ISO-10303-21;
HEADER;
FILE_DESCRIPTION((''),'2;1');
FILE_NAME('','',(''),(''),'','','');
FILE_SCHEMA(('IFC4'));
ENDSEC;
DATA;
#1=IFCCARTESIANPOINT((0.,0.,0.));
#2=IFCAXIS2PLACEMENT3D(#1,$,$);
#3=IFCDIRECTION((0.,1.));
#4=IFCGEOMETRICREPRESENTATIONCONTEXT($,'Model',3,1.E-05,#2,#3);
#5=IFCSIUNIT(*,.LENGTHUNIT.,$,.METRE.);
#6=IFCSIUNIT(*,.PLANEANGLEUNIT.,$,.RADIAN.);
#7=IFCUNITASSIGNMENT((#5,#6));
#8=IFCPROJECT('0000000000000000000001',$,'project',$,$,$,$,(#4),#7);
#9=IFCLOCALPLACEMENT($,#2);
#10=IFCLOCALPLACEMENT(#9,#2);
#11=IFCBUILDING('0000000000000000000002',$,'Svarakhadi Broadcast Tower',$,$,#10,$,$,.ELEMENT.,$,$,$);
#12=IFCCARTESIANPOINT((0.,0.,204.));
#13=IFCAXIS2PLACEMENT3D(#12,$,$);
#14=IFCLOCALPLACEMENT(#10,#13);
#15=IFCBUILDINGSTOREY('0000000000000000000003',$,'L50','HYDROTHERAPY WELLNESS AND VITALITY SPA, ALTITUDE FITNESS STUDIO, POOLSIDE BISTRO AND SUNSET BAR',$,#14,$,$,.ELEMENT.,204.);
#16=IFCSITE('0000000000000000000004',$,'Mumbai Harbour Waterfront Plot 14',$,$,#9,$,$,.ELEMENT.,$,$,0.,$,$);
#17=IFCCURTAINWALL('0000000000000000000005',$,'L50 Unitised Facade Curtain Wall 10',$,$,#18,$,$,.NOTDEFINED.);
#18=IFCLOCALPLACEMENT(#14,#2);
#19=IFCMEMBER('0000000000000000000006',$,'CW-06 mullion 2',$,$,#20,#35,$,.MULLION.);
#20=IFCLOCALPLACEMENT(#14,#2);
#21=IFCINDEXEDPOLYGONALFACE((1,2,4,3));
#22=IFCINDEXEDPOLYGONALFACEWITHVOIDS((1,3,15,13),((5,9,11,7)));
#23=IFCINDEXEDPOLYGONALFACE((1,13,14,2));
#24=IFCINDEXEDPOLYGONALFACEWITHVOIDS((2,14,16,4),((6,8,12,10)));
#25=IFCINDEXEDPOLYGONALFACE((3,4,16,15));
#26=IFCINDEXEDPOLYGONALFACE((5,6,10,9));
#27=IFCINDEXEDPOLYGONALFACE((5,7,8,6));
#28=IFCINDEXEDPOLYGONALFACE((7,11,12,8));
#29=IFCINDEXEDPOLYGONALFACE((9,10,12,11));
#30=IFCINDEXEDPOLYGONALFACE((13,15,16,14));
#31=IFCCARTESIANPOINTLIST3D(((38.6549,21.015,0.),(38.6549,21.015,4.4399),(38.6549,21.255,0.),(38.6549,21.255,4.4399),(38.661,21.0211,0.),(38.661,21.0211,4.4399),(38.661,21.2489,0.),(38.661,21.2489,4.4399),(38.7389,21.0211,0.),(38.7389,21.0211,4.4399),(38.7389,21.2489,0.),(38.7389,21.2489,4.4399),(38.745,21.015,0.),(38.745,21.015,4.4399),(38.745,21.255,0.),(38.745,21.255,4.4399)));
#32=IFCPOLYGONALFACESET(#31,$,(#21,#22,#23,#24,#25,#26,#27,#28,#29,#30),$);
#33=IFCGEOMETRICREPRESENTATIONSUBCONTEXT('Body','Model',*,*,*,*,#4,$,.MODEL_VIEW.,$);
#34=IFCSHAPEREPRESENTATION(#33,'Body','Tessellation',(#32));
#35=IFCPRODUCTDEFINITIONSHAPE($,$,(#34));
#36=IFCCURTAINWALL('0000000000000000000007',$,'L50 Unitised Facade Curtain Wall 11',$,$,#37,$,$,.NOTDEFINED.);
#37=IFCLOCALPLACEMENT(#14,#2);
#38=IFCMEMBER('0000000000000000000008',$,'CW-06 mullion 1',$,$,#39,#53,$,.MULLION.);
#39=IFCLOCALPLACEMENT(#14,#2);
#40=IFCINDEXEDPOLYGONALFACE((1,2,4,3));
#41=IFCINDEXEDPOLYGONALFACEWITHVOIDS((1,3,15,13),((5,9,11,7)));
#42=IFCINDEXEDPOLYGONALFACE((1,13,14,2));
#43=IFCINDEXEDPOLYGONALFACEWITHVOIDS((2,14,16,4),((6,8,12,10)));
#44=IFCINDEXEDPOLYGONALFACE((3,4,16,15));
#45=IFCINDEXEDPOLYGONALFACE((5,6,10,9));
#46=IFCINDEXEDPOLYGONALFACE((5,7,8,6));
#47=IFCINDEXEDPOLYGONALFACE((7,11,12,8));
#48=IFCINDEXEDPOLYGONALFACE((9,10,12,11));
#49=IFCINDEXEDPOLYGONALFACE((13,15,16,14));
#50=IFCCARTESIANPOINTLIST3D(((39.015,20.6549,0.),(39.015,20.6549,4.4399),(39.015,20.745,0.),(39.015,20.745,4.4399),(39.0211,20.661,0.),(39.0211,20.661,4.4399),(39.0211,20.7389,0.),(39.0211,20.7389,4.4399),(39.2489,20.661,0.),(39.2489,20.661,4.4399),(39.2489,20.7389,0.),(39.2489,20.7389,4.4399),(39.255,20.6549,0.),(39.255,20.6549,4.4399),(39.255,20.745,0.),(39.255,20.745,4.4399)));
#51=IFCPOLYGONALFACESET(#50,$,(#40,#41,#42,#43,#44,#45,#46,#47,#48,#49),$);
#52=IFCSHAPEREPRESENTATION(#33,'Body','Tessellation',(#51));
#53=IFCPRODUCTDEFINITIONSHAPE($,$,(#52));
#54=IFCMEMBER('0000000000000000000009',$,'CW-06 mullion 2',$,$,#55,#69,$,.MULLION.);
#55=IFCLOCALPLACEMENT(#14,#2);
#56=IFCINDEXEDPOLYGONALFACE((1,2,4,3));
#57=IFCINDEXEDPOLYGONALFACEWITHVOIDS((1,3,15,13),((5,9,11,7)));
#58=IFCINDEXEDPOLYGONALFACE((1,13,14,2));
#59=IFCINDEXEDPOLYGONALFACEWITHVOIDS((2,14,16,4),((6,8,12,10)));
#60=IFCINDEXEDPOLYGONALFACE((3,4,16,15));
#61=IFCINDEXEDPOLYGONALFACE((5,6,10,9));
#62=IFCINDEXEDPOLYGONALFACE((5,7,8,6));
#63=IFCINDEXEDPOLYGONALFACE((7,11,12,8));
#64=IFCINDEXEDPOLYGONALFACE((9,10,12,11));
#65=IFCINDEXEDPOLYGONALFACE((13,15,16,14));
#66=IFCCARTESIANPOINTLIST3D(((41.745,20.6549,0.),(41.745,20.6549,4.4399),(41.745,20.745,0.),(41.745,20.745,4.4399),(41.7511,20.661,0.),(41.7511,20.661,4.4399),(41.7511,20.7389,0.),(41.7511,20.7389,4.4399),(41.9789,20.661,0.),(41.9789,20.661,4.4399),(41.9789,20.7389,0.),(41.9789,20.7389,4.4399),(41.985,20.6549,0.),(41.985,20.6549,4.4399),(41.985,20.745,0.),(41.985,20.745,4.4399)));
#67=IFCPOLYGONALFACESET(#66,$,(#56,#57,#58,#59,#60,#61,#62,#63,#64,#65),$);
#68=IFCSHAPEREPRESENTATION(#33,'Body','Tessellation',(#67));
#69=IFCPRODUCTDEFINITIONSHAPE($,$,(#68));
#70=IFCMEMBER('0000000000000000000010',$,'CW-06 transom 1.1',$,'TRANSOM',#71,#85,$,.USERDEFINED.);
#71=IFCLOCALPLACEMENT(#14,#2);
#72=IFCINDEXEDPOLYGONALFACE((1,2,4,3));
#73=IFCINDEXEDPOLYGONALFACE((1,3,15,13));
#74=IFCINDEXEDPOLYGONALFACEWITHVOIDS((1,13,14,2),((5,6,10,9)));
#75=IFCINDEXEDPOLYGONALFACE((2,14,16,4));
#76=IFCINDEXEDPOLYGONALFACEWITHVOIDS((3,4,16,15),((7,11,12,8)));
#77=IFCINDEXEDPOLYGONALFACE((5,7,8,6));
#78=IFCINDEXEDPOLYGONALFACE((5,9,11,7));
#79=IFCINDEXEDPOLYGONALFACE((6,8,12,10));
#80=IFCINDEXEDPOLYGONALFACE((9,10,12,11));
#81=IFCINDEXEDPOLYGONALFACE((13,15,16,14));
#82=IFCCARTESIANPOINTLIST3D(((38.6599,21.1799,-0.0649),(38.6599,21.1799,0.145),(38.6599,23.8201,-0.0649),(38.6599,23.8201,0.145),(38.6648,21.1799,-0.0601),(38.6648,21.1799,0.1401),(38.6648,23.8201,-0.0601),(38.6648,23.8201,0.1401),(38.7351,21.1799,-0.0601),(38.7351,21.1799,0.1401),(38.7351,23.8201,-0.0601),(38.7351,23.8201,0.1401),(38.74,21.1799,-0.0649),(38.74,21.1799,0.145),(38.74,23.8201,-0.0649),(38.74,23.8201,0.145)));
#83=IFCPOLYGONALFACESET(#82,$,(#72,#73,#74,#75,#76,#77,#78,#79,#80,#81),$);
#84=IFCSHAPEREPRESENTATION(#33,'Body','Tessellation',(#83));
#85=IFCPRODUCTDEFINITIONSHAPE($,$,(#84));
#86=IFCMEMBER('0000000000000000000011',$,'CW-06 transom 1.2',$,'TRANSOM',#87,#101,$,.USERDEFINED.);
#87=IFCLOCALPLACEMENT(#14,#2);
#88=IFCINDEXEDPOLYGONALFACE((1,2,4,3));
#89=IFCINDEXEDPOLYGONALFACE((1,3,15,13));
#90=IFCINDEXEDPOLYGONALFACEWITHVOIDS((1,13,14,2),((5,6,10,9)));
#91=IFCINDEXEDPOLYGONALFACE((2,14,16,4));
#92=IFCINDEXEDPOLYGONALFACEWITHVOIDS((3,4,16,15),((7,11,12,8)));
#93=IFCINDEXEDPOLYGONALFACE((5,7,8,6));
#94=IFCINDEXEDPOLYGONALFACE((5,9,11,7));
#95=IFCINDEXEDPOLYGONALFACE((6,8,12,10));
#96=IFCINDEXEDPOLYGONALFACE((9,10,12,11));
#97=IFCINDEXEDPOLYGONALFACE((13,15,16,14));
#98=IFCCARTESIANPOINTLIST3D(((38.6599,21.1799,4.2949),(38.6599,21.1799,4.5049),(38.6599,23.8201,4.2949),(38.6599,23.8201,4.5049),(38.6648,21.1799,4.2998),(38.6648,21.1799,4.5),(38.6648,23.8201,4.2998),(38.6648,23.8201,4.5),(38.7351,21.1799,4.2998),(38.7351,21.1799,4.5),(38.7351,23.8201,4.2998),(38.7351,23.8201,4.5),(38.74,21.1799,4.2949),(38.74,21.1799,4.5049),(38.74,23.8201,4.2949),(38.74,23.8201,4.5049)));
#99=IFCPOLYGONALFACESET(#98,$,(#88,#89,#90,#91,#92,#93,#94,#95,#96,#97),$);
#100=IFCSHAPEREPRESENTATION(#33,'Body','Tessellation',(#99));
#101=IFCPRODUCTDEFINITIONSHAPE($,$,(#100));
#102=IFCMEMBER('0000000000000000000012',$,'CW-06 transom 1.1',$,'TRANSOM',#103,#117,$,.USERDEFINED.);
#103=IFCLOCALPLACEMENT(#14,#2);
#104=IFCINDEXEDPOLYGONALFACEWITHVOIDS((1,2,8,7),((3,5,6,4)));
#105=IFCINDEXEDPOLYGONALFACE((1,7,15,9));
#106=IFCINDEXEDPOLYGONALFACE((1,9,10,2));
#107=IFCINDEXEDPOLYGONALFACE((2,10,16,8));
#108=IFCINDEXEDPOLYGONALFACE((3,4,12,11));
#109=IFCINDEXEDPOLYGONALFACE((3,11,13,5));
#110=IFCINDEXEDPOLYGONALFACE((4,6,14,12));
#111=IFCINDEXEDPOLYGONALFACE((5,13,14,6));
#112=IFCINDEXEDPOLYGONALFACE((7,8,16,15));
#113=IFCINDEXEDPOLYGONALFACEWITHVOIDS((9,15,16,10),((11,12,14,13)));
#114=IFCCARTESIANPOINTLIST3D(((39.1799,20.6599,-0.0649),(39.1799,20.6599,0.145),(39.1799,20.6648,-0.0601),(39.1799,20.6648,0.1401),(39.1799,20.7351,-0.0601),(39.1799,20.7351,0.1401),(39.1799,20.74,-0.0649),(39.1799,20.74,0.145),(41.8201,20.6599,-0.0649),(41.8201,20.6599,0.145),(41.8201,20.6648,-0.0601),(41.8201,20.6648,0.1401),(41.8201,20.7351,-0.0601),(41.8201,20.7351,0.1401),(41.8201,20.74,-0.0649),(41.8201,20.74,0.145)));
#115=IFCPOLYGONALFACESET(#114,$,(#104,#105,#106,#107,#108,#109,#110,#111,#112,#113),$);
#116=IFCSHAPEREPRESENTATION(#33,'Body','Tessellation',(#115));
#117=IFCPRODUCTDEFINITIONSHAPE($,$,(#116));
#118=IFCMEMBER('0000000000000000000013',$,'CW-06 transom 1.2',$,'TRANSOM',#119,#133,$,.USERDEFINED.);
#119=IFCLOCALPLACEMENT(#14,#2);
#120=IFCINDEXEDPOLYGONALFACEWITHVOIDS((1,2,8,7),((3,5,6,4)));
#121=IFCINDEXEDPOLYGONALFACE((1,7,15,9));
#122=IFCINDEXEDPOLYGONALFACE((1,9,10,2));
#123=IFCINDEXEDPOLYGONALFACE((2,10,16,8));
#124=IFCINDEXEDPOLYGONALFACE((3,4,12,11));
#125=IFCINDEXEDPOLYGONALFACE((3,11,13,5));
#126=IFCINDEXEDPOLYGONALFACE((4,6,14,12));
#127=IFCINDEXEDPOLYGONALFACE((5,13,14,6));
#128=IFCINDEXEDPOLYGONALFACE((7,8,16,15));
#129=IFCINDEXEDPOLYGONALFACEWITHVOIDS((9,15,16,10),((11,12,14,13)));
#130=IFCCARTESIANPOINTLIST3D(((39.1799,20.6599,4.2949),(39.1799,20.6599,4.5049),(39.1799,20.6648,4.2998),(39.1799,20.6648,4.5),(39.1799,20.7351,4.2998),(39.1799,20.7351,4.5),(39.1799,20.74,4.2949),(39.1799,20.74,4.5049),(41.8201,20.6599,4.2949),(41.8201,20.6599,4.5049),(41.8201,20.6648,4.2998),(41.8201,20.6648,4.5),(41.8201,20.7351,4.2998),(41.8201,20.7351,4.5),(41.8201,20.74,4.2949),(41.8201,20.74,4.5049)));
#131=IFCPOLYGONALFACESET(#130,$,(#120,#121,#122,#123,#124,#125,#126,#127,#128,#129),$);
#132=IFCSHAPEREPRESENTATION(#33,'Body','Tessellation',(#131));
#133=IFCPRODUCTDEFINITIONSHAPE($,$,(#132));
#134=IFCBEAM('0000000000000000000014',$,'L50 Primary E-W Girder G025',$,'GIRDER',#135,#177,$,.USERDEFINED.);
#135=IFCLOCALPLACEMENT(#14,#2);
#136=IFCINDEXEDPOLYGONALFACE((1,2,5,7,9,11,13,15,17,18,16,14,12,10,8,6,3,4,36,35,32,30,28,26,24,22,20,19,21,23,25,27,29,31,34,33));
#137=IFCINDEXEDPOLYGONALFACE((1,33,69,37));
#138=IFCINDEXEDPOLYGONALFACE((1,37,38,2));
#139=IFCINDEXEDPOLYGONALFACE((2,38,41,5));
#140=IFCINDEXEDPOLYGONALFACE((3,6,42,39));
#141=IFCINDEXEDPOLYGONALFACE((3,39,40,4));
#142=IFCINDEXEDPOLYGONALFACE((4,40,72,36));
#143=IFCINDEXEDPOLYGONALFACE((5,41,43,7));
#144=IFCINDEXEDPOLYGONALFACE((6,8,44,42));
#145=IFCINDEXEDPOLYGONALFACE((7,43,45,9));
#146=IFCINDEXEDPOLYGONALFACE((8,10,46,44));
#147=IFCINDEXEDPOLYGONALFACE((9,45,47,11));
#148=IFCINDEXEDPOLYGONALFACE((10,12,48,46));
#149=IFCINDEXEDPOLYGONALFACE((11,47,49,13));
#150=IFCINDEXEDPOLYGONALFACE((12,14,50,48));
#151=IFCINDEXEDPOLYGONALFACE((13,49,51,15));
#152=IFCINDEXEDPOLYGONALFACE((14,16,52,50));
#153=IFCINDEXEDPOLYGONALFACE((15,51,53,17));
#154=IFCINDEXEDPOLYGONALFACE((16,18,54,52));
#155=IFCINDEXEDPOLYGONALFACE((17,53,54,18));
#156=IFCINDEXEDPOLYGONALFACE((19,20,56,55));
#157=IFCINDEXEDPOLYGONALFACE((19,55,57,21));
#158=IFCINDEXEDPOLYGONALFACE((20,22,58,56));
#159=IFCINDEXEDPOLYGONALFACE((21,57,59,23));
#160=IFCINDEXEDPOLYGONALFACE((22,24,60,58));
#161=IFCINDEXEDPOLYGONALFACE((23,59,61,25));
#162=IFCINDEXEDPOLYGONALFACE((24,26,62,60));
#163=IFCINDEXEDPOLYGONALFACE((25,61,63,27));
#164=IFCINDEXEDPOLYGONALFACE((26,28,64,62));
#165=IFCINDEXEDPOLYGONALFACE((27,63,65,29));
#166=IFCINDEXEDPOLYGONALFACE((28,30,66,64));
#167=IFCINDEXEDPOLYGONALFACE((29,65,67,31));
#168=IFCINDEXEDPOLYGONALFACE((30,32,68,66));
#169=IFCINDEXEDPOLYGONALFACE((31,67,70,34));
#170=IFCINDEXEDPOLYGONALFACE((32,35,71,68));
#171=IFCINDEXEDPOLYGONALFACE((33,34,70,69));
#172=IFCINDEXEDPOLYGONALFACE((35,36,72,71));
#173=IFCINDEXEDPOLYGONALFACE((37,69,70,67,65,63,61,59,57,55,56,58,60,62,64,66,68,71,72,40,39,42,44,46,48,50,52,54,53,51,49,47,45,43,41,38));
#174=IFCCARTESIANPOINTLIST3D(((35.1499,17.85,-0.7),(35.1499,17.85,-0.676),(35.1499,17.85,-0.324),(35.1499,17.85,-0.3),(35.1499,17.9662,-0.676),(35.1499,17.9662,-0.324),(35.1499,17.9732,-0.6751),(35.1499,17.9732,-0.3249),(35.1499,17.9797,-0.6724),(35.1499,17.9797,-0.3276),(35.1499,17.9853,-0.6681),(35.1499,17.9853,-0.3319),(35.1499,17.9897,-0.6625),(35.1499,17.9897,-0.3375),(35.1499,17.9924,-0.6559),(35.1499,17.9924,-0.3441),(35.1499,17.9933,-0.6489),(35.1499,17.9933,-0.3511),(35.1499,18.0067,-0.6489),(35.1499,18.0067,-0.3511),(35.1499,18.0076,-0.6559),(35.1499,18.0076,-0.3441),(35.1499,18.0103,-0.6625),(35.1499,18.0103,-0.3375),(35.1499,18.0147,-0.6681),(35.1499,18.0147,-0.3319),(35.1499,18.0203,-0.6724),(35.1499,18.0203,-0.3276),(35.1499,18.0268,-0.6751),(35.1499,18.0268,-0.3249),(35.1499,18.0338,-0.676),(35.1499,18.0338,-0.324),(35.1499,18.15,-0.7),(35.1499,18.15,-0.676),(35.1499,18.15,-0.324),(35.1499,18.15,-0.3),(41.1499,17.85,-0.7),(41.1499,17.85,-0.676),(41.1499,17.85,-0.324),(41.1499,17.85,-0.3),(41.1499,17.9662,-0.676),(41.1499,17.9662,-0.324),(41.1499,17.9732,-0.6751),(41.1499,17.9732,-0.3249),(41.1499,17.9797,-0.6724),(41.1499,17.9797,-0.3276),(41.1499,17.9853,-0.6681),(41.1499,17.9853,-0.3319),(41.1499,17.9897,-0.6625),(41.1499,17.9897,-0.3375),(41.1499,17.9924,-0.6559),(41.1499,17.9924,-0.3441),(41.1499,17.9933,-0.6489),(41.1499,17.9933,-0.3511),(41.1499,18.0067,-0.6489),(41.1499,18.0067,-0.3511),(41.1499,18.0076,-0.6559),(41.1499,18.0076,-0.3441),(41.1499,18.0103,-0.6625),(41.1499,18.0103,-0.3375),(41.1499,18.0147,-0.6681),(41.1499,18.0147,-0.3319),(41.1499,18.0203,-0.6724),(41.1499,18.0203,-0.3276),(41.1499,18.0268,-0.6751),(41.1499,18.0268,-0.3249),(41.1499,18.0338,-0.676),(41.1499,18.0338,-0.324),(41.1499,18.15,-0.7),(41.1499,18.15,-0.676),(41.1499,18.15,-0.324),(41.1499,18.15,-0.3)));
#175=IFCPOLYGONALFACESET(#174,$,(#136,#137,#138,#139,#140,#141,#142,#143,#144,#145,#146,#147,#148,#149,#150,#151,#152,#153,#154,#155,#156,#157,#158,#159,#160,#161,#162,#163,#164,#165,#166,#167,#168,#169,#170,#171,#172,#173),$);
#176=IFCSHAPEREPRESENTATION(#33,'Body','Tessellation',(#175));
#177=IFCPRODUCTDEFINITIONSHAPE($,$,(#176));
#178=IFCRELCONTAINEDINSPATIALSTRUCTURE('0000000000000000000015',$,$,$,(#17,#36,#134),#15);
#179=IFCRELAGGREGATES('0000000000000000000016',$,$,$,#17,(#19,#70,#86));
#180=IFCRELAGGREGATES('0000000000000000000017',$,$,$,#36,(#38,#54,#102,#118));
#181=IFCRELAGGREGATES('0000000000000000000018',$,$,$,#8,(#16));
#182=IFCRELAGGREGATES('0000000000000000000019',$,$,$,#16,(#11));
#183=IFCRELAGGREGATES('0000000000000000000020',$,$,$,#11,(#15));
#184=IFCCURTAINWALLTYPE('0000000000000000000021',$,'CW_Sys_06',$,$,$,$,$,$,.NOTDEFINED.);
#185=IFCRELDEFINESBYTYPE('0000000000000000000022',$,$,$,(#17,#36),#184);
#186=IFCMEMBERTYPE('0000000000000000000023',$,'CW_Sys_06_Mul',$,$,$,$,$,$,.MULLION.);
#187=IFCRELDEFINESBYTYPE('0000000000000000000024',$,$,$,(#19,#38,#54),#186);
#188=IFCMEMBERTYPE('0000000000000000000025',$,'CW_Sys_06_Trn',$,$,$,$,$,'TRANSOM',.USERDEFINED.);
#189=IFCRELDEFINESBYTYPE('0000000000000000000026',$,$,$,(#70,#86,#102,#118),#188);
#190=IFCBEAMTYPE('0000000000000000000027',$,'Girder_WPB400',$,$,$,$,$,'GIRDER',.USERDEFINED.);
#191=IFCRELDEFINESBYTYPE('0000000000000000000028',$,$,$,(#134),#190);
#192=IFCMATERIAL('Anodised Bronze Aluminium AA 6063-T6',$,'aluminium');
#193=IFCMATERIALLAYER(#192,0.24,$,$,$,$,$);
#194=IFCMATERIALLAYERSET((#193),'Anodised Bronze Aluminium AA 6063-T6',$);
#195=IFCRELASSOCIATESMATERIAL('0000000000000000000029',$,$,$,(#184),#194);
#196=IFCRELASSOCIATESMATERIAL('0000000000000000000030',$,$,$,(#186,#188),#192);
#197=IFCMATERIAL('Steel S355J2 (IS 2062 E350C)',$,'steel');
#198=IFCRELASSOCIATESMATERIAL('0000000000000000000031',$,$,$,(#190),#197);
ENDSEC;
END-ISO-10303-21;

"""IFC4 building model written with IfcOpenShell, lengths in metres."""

from ifc_helpers import new_model, si_unit, direction, frame, origin, origin_2d, place, context, subcontext, project, spatial, hollow_rectangle, i_section, extrude, material, layer, layer_set, material_profile, profile_set, type_object, element, aggregate, save


model = new_model("IFC4")

# Units and contexts
model_context = context("Model", 3, precision=1e-05, world=origin(), true_north=direction((0.0, 1.0)))
body_context = subcontext(model_context, "Body", "Model", "MODEL_VIEW")
ifc_project = project(units=[si_unit("LENGTHUNIT", "METRE"), si_unit("PLANEANGLEUNIT", "RADIAN")], contexts=[model_context])

# Site, building, storey
site_placement = place(None, origin())
site = spatial("IfcSite", under=ifc_project, at=site_placement, Name="Mumbai Harbour Waterfront Plot 14", CompositionType="ELEMENT", RefElevation=0.0)
building_placement = place(site_placement, origin())
building = spatial("IfcBuilding", under=site, at=building_placement, Name="Svarakhadi Broadcast Tower", CompositionType="ELEMENT")
storey_placement = place(building_placement, frame((0.0, 0.0, 204.0)))
storey = spatial("IfcBuildingStorey", under=building, at=storey_placement, Name="L50", Description="HYDROTHERAPY WELLNESS AND VITALITY SPA, ALTITUDE FITNESS STUDIO, POOLSIDE BISTRO AND SUNSET BAR", CompositionType="ELEMENT", Elevation=204.0)

# Shared definitions
ifc_material_1 = material(Name="Steel S355J2 (IS 2062 E350C)", Category="steel")

# Shared definitions
ifc_material_2 = material(Name="Anodised Bronze Aluminium AA 6063-T6", Category="aluminium")
ifc_layer_1 = layer(ifc_material_2, 0.24)
ifc_layer_set_1 = layer_set([ifc_layer_1], Name="Anodised Bronze Aluminium AA 6063-T6")
curtain_wall_type = type_object("IfcCurtainWallType", Name="CW_Sys_06", PredefinedType="NOTDEFINED", material=ifc_layer_set_1)
ifc_material_profile_1 = material_profile(ifc_material_2, hollow_rectangle(XDim=0.0901, YDim=0.24, WallThickness=0.0061, at=origin_2d()), Name="ALU MULLION 240x90x6")
ifc_profile_set_1 = profile_set([ifc_material_profile_1], Name="Anodised Bronze Aluminium AA 6063-T6")
member_type_1 = type_object("IfcMemberType", Name="CW_Sys_06_Mul", PredefinedType="MULLION", material=ifc_profile_set_1)

# Curtain walls, members
curtain_wall_1_placement = place(storey_placement, origin())
curtain_wall_1 = element("IfcCurtainWall", 1, at=curtain_wall_1_placement, inside=storey, type_object=curtain_wall_type, Name="L50 Unitised Facade Curtain Wall 10", PredefinedType="NOTDEFINED")
member_1_placement = place(storey_placement, frame((38.7, 21.135, 0.0), z_axis=(0.0, 0.0, 1.0), x_axis=(1.0, 0.0, 0.0)))
member_1 = element("IfcMember", 2, at=member_1_placement, type_object=member_type_1, Name="CW-06 mullion 2", PredefinedType="MULLION", context=body_context, shape_type="SweptSolid", body=[
    extrude(hollow_rectangle(XDim=0.0901, YDim=0.24, WallThickness=0.0061, at=origin_2d()), origin(), (0.0, 0.0, 1.0), 4.4399),
])
curtain_wall_2_placement = place(storey_placement, origin())
curtain_wall_2 = element("IfcCurtainWall", 3, at=curtain_wall_2_placement, inside=storey, type_object=curtain_wall_type, Name="L50 Unitised Facade Curtain Wall 11", PredefinedType="NOTDEFINED")
member_2_placement = place(storey_placement, frame((39.135, 20.7, 0.0), z_axis=(0.0, 0.0, 1.0), x_axis=(0.0, 1.0, 0.0)))
member_2 = element("IfcMember", 4, at=member_2_placement, type_object=member_type_1, Name="CW-06 mullion 1", PredefinedType="MULLION", context=body_context, shape_type="SweptSolid", body=[
    extrude(hollow_rectangle(XDim=0.0901, YDim=0.24, WallThickness=0.0061, at=origin_2d()), origin(), (0.0, 0.0, 1.0), 4.4399),
])
member_3_placement = place(storey_placement, frame((41.865, 20.7, 0.0), z_axis=(0.0, 0.0, 1.0), x_axis=(0.0, 1.0, 0.0)))
member_3 = element("IfcMember", 5, at=member_3_placement, type_object=member_type_1, Name="CW-06 mullion 2", PredefinedType="MULLION", context=body_context, shape_type="SweptSolid", body=[
    extrude(hollow_rectangle(XDim=0.0901, YDim=0.24, WallThickness=0.0061, at=origin_2d()), origin(), (0.0, 0.0, 1.0), 4.4399),
])

# Members
ifc_material_profile_2 = material_profile(ifc_material_2, hollow_rectangle(XDim=0.0801, YDim=0.21, WallThickness=0.0049, at=origin_2d()), Name="ALU TRANSOM 210x80x5")
ifc_profile_set_2 = profile_set([ifc_material_profile_2], Name="Anodised Bronze Aluminium AA 6063-T6")
member_type_2 = type_object("IfcMemberType", Name="CW_Sys_06_Trn", ElementType="TRANSOM", PredefinedType="USERDEFINED", material=ifc_profile_set_2)
member_4_placement = place(storey_placement, frame((38.7, 23.8201, 0.04), z_axis=(0.0, -1.0, 0.0), x_axis=(1.0, 0.0, 0.0)))
member_4 = element("IfcMember", 6, at=member_4_placement, type_object=member_type_2, Name="CW-06 transom 1.1", ObjectType="TRANSOM", PredefinedType="USERDEFINED", context=body_context, shape_type="SweptSolid", body=[
    extrude(hollow_rectangle(XDim=0.0801, YDim=0.21, WallThickness=0.0049, at=origin_2d()), origin(), (0.0, 0.0, 1.0), 2.6401),
])
member_5_placement = place(storey_placement, frame((38.7, 23.8201, 4.3999), z_axis=(0.0, -1.0, 0.0), x_axis=(1.0, 0.0, 0.0)))
member_5 = element("IfcMember", 7, at=member_5_placement, type_object=member_type_2, Name="CW-06 transom 1.2", ObjectType="TRANSOM", PredefinedType="USERDEFINED", context=body_context, shape_type="SweptSolid", body=[
    extrude(hollow_rectangle(XDim=0.0801, YDim=0.21, WallThickness=0.0049, at=origin_2d()), origin(), (0.0, 0.0, 1.0), 2.6401),
])
member_6_placement = place(storey_placement, frame((39.1799, 20.7, 0.04), z_axis=(1.0, 0.0, 0.0), x_axis=(0.0, 1.0, 0.0)))
member_6 = element("IfcMember", 8, at=member_6_placement, type_object=member_type_2, Name="CW-06 transom 1.1", ObjectType="TRANSOM", PredefinedType="USERDEFINED", context=body_context, shape_type="SweptSolid", body=[
    extrude(hollow_rectangle(XDim=0.0801, YDim=0.21, WallThickness=0.0049, at=origin_2d()), origin(), (0.0, 0.0, 1.0), 2.6401),
])
member_7_placement = place(storey_placement, frame((39.1799, 20.7, 4.3999), z_axis=(1.0, 0.0, 0.0), x_axis=(0.0, 1.0, 0.0)))
member_7 = element("IfcMember", 9, at=member_7_placement, type_object=member_type_2, Name="CW-06 transom 1.2", ObjectType="TRANSOM", PredefinedType="USERDEFINED", context=body_context, shape_type="SweptSolid", body=[
    extrude(hollow_rectangle(XDim=0.0801, YDim=0.21, WallThickness=0.0049, at=origin_2d()), origin(), (0.0, 0.0, 1.0), 2.6401),
])

# Beam
ifc_material_profile_3 = material_profile(ifc_material_1, i_section(OverallWidth=0.3, OverallDepth=0.3999, WebThickness=0.0134, FlangeThickness=0.0239, FilletRadius=0.0271, at=origin_2d()), Name="WPB 400x300x155")
ifc_profile_set_3 = profile_set([ifc_material_profile_3], Name="Steel S355J2 (IS 2062 E350C)")
beam_type_1 = type_object("IfcBeamType", Name="Girder_WPB400", ElementType="GIRDER", PredefinedType="USERDEFINED", material=ifc_profile_set_3)
for number, where, z_axis, x_axis, name in (
    (10, (35.1499, 18.0, -0.5), (1.0, 0.0, 0.0), (0.0, 1.0, 0.0), "L50 Primary E-W Girder G025"),
):
    element("IfcBeam", number, at=place(storey_placement, frame(where, z_axis=z_axis, x_axis=x_axis)), inside=storey, type_object=beam_type_1, Name=name, ObjectType="GIRDER", PredefinedType="USERDEFINED", context=body_context, shape_type="SweptSolid", body=[
        extrude(i_section(OverallWidth=0.3, OverallDepth=0.3999, WebThickness=0.0134, FlangeThickness=0.0239, FilletRadius=0.0271, at=origin_2d()), origin(), (0.0, 0.0, 1.0), 6.0),
    ])

aggregate(curtain_wall_1, [member_1, member_4, member_5])
aggregate(curtain_wall_2, [member_2, member_3, member_6, member_7])

save(model, "model.ifc")
